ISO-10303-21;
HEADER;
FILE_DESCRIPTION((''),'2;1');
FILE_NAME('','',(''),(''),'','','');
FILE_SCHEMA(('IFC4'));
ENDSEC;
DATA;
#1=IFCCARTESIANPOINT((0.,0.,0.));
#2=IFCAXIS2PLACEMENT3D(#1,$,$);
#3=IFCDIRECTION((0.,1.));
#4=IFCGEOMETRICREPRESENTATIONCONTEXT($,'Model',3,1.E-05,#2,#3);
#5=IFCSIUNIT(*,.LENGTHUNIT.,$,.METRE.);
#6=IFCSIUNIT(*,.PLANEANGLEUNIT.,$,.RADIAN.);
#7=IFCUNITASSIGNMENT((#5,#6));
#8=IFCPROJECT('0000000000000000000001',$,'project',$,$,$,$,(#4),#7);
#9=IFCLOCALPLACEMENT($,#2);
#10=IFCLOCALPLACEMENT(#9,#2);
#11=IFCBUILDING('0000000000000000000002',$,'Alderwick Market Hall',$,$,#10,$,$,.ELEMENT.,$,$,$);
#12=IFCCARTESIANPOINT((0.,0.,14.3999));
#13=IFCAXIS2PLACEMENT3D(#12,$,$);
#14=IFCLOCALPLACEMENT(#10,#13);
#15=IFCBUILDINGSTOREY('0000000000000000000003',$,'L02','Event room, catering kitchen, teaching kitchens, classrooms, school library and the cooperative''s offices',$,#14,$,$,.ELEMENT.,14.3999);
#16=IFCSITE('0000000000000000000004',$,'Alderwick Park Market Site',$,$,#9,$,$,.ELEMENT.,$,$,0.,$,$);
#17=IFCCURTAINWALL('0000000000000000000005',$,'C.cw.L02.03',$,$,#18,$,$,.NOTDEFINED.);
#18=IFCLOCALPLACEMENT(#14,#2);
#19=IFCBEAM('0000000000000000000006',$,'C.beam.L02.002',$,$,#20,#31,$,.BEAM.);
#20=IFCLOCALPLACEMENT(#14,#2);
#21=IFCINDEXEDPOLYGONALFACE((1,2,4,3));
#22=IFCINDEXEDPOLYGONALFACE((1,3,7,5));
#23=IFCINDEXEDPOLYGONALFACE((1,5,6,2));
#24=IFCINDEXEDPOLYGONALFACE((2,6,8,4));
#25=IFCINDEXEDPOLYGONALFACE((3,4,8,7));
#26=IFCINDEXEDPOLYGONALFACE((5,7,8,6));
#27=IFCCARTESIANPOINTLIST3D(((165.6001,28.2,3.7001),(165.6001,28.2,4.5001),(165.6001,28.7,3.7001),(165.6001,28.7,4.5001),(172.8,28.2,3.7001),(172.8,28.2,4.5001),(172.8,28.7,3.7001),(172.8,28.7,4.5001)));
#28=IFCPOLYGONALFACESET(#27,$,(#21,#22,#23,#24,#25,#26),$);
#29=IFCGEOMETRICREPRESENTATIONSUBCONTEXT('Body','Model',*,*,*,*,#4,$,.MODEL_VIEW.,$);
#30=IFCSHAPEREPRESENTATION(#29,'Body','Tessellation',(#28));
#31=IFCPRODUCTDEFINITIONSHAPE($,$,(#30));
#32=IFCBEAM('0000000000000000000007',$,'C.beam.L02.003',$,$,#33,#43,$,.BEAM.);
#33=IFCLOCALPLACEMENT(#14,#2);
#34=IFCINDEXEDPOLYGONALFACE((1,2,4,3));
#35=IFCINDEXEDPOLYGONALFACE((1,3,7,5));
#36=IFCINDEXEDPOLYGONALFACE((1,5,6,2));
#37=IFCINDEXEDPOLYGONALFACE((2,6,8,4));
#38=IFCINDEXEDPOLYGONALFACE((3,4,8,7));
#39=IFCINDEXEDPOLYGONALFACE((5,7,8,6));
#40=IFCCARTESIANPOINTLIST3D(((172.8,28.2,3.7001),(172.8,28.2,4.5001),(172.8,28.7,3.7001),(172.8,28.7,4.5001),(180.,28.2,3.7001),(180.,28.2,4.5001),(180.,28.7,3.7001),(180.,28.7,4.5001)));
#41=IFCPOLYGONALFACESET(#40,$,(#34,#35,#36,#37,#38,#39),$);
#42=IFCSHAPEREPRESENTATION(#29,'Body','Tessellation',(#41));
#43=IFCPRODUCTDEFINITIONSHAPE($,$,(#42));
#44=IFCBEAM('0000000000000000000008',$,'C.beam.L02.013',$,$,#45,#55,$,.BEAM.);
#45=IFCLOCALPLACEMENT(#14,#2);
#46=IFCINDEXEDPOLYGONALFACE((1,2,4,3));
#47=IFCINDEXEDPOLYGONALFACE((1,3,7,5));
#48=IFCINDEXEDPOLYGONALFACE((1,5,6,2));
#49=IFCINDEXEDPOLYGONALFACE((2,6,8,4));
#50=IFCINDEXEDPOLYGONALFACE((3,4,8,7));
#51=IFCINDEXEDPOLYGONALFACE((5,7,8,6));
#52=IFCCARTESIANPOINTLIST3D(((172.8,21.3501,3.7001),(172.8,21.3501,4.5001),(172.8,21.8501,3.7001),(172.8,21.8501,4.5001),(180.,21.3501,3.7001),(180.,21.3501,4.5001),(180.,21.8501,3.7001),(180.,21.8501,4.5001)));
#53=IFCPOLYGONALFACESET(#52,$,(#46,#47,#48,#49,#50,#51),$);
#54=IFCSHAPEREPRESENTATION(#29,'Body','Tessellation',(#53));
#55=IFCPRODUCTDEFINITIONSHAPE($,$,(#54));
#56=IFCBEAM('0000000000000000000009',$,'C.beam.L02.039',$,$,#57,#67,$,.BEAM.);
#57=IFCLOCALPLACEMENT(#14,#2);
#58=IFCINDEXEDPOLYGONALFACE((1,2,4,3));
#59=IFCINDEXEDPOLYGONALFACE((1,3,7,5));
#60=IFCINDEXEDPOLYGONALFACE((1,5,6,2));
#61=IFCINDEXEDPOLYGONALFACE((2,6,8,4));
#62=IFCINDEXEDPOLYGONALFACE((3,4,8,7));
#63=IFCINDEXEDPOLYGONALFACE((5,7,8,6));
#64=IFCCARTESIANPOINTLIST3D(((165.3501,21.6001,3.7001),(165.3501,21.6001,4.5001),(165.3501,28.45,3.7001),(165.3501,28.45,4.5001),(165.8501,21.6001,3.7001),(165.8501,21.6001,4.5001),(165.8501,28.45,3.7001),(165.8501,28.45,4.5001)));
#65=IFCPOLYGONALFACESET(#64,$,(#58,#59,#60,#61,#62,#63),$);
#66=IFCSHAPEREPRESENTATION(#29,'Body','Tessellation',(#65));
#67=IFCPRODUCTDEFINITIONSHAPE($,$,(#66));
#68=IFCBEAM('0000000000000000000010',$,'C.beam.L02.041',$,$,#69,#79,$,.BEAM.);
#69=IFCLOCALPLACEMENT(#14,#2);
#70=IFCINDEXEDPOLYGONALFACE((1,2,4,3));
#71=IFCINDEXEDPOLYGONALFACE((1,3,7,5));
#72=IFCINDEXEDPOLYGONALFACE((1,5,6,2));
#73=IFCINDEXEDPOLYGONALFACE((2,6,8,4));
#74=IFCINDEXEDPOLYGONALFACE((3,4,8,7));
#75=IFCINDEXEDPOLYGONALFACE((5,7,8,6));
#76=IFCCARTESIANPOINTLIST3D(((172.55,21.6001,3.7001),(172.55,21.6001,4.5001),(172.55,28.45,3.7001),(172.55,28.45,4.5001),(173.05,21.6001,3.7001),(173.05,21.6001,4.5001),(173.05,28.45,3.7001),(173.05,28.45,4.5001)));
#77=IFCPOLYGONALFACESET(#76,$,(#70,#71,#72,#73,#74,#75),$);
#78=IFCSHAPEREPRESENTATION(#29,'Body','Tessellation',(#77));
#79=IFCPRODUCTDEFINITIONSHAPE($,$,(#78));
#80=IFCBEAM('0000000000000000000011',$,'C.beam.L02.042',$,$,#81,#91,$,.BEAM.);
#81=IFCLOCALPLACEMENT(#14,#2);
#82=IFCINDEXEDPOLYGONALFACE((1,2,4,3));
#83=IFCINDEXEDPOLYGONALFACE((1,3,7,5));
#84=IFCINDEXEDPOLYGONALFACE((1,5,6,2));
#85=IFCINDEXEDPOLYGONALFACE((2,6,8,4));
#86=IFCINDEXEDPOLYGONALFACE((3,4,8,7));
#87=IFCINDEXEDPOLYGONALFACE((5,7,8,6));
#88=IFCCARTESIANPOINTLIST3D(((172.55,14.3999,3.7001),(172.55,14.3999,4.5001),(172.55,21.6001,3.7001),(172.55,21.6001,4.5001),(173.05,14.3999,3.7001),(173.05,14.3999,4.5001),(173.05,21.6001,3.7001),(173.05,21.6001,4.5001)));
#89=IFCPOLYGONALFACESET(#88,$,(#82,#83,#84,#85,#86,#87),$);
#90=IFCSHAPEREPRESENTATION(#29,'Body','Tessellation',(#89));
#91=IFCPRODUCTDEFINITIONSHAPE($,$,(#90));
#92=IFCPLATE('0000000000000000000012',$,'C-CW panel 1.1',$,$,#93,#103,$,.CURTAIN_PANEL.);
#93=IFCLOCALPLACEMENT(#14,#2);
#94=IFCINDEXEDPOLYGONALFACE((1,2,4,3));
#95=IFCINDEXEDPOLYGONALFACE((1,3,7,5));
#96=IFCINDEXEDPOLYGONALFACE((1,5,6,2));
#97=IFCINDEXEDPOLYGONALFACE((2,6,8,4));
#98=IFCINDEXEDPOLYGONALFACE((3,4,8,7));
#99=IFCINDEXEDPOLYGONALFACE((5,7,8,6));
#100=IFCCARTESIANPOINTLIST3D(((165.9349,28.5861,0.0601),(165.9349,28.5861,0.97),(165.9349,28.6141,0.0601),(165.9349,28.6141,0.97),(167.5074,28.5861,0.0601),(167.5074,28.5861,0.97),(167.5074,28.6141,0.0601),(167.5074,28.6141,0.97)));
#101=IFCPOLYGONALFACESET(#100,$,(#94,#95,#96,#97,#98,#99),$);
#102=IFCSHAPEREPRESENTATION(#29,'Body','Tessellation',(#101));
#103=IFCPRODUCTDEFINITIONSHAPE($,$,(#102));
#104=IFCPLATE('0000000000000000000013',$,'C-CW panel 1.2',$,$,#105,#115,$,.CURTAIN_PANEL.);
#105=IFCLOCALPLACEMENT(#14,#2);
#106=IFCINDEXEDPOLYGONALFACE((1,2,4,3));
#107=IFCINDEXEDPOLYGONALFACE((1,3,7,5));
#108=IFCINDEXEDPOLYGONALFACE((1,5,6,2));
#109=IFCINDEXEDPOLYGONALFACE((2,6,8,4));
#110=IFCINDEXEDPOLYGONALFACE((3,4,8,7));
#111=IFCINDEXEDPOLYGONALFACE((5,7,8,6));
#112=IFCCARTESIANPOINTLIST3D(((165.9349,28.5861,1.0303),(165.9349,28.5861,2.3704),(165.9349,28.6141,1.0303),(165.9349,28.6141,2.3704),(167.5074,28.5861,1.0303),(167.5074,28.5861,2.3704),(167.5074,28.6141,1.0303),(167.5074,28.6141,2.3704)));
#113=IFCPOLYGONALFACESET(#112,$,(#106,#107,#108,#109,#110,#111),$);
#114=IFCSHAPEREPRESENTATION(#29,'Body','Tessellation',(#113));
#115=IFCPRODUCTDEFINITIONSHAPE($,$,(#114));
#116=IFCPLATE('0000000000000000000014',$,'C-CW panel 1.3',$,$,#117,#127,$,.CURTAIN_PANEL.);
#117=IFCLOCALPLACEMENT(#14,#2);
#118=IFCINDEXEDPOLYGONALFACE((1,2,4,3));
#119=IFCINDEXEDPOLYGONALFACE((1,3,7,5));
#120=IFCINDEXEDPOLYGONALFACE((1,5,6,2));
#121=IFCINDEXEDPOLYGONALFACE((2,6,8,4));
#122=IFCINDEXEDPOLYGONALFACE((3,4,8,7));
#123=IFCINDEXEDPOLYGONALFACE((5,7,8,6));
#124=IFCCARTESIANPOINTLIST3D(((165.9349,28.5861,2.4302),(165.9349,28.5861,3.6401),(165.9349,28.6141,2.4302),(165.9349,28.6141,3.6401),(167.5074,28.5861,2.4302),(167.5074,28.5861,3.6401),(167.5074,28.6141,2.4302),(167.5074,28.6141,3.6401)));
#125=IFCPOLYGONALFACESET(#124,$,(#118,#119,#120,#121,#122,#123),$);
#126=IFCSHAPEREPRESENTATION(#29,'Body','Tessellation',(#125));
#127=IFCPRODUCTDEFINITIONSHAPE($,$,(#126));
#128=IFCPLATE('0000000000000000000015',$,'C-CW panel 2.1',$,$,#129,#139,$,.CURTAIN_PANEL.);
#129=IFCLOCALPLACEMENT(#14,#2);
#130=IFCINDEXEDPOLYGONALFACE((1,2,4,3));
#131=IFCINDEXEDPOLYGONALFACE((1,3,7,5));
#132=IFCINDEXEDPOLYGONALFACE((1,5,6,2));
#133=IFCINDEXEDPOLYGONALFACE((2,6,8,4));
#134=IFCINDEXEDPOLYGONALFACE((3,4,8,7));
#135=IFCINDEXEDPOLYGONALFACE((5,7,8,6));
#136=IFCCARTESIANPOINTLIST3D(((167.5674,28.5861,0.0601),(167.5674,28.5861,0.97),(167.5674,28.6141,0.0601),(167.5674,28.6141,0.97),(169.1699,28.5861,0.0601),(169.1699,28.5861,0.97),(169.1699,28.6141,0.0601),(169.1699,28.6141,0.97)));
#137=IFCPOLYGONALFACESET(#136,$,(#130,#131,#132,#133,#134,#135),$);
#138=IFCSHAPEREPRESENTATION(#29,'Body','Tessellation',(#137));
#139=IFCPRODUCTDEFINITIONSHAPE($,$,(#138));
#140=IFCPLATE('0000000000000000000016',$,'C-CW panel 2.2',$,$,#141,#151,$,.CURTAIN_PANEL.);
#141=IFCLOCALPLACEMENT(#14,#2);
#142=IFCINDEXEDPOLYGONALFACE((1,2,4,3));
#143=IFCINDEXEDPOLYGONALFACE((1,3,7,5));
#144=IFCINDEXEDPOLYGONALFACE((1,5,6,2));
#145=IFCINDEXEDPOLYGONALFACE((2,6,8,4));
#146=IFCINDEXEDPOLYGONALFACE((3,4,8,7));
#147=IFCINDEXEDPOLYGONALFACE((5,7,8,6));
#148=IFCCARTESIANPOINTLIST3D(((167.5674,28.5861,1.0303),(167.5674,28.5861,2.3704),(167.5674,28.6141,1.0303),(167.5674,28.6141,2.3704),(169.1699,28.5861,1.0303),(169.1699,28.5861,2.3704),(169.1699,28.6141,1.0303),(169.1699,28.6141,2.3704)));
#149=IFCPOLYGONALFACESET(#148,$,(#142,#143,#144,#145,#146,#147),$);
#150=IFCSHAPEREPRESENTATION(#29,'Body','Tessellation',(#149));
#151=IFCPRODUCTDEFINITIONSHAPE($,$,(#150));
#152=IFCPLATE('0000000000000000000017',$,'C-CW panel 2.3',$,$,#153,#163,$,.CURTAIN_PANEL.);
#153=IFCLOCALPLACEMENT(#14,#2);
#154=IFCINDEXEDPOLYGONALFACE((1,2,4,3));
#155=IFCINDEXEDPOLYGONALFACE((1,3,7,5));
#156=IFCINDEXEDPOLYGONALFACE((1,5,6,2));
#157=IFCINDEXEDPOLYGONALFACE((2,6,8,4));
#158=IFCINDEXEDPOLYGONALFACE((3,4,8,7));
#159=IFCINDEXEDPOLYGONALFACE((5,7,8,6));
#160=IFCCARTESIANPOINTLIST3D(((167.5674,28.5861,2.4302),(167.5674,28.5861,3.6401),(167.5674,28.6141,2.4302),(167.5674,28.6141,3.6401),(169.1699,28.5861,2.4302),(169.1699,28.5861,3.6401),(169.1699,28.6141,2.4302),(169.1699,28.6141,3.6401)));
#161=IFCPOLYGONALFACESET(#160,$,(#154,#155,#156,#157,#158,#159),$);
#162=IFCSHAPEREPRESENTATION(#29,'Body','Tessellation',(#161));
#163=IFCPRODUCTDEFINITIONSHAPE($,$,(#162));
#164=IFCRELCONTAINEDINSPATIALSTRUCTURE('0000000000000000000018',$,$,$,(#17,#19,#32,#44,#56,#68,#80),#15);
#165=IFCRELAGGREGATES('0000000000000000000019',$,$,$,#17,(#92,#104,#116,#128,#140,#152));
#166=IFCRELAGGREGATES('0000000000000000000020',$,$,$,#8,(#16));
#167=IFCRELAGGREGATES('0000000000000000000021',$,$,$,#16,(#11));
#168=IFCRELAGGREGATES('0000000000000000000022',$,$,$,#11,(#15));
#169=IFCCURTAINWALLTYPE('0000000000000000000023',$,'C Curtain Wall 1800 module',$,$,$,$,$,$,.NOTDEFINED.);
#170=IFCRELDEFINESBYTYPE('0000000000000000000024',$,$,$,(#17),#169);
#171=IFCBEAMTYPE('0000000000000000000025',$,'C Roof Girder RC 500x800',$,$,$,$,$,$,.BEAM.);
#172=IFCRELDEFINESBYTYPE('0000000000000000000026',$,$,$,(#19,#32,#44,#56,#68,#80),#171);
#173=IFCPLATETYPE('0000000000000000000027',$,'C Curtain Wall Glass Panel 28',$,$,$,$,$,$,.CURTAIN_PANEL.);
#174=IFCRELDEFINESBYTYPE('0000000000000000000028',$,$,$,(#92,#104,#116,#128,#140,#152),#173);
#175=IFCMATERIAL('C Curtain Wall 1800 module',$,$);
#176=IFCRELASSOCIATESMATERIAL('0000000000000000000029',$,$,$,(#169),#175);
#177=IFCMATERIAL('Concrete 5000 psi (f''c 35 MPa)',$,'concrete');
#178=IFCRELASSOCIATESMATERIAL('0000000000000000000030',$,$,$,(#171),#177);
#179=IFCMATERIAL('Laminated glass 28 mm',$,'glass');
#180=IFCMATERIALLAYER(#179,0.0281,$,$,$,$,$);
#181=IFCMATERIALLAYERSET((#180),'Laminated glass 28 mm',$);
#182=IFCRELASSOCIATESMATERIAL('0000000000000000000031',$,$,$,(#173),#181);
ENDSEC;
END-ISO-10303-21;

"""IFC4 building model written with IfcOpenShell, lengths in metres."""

from ifc_helpers import new_model, si_unit, direction, frame, origin, origin_2d, place, context, subcontext, project, spatial, rectangle, extrude, material, layer, layer_set, material_profile, profile_set, type_object, element, aggregate, save


model = new_model("IFC4")

# Units and contexts
model_context = context("Model", 3, precision=1e-05, world=origin(), true_north=direction((0.0, 1.0)))
body_context = subcontext(model_context, "Body", "Model", "MODEL_VIEW")
ifc_project = project(units=[si_unit("LENGTHUNIT", "METRE"), si_unit("PLANEANGLEUNIT", "RADIAN")], contexts=[model_context])

# Site, building, storey
site_placement = place(None, origin())
site = spatial("IfcSite", under=ifc_project, at=site_placement, Name="Alderwick Park Market Site", CompositionType="ELEMENT", RefElevation=0.0)
building_placement = place(site_placement, origin())
building = spatial("IfcBuilding", under=site, at=building_placement, Name="Alderwick Market Hall", CompositionType="ELEMENT")
storey_placement = place(building_placement, frame((0.0, 0.0, 14.3999)))
storey = spatial("IfcBuildingStorey", under=building, at=storey_placement, Name="L02", Description="Event room, catering kitchen, teaching kitchens, classrooms, school library and the cooperative's offices", CompositionType="ELEMENT", Elevation=14.3999)

# Shared definitions
ifc_material_1 = material(Name="Concrete 5000 psi (f'c 35 MPa)", Category="concrete")

# Curtain wall
ifc_material_2 = material(Name="C Curtain Wall 1800 module")
curtain_wall_type = type_object("IfcCurtainWallType", Name="C Curtain Wall 1800 module", PredefinedType="NOTDEFINED", material=ifc_material_2)
curtain_wall_placement = place(storey_placement, origin())
curtain_wall = element("IfcCurtainWall", 1, at=curtain_wall_placement, inside=storey, type_object=curtain_wall_type, Name="C.cw.L02.03", PredefinedType="NOTDEFINED")

# Beams
ifc_material_profile_1 = material_profile(ifc_material_1, rectangle(XDim=0.5, YDim=0.8, at=origin_2d()), Name="RC 500x800")
ifc_profile_set_1 = profile_set([ifc_material_profile_1], Name="Concrete 5000 psi (f'c 35 MPa)")
beam_type = type_object("IfcBeamType", Name="C Roof Girder RC 500x800", PredefinedType="BEAM", material=ifc_profile_set_1)
for number, where, z_axis, x_axis, name in (
    (2, (165.6001, 28.45, 4.1001), (1.0, 0.0, 0.0), (0.0, 1.0, 0.0), "C.beam.L02.002"),
    (3, (172.8, 28.45, 4.1001), (1.0, 0.0, 0.0), (0.0, 1.0, 0.0), "C.beam.L02.003"),
    (4, (172.8, 21.6001, 4.1001), (1.0, 0.0, 0.0), (0.0, 1.0, 0.0), "C.beam.L02.013"),
):
    element("IfcBeam", number, at=place(storey_placement, frame(where, z_axis=z_axis, x_axis=x_axis)), inside=storey, type_object=beam_type, Name=name, PredefinedType="BEAM", context=body_context, shape_type="SweptSolid", body=[
        extrude(rectangle(XDim=0.5, YDim=0.8, at=origin_2d()), origin(), (0.0, 0.0, 1.0), 7.2),
    ])
for number, where, z_axis, x_axis, name in (
    (5, (165.6001, 28.45, 4.1001), (0.0, -1.0, 0.0), (1.0, 0.0, 0.0), "C.beam.L02.039"),
    (6, (172.8, 28.45, 4.1001), (0.0, -1.0, 0.0), (1.0, 0.0, 0.0), "C.beam.L02.041"),
):
    element("IfcBeam", number, at=place(storey_placement, frame(where, z_axis=z_axis, x_axis=x_axis)), inside=storey, type_object=beam_type, Name=name, PredefinedType="BEAM", context=body_context, shape_type="SweptSolid", body=[
        extrude(rectangle(XDim=0.5, YDim=0.8, at=origin_2d()), origin(), (0.0, 0.0, 1.0), 6.8499),
    ])
beam_placement = place(storey_placement, frame((172.8, 21.6001, 4.1001), z_axis=(0.0, -1.0, 0.0), x_axis=(1.0, 0.0, 0.0)))
element("IfcBeam", 7, at=beam_placement, inside=storey, type_object=beam_type, Name="C.beam.L02.042", PredefinedType="BEAM", context=body_context, shape_type="SweptSolid", body=[
    extrude(rectangle(XDim=0.5, YDim=0.8, at=origin_2d()), origin(), (0.0, 0.0, 1.0), 7.2002),
])

# Plates
ifc_material_3 = material(Name="Laminated glass 28 mm", Category="glass")
ifc_layer = layer(ifc_material_3, 0.0281)
ifc_layer_set = layer_set([ifc_layer], Name="Laminated glass 28 mm")
plate_type = type_object("IfcPlateType", Name="C Curtain Wall Glass Panel 28", PredefinedType="CURTAIN_PANEL", material=ifc_layer_set)
plate_1_placement = place(storey_placement, frame((166.7212, 28.6001, 0.0601), z_axis=(0.0, 0.0, 1.0), x_axis=(1.0, 0.0, 0.0)))
plate_1 = element("IfcPlate", 8, at=plate_1_placement, type_object=plate_type, Name="C-CW panel 1.1", PredefinedType="CURTAIN_PANEL", context=body_context, shape_type="SweptSolid", body=[
    extrude(rectangle(XDim=1.5725, YDim=0.0281, at=origin_2d()), origin(), (0.0, 0.0, 1.0), 0.9099),
])
plate_2_placement = place(storey_placement, frame((166.7212, 28.6001, 1.0303), z_axis=(0.0, 0.0, 1.0), x_axis=(1.0, 0.0, 0.0)))
plate_2 = element("IfcPlate", 9, at=plate_2_placement, type_object=plate_type, Name="C-CW panel 1.2", PredefinedType="CURTAIN_PANEL", context=body_context, shape_type="SweptSolid", body=[
    extrude(rectangle(XDim=1.5725, YDim=0.0281, at=origin_2d()), origin(), (0.0, 0.0, 1.0), 1.3401),
])
plate_3_placement = place(storey_placement, frame((166.7212, 28.6001, 2.4302), z_axis=(0.0, 0.0, 1.0), x_axis=(1.0, 0.0, 0.0)))
plate_3 = element("IfcPlate", 10, at=plate_3_placement, type_object=plate_type, Name="C-CW panel 1.3", PredefinedType="CURTAIN_PANEL", context=body_context, shape_type="SweptSolid", body=[
    extrude(rectangle(XDim=1.5725, YDim=0.0281, at=origin_2d()), origin(), (0.0, 0.0, 1.0), 1.21),
])
plate_4_placement = place(storey_placement, frame((168.3687, 28.6001, 0.0601), z_axis=(0.0, 0.0, 1.0), x_axis=(1.0, 0.0, 0.0)))
plate_4 = element("IfcPlate", 11, at=plate_4_placement, type_object=plate_type, Name="C-CW panel 2.1", PredefinedType="CURTAIN_PANEL", context=body_context, shape_type="SweptSolid", body=[
    extrude(rectangle(XDim=1.6025, YDim=0.0281, at=origin_2d()), origin(), (0.0, 0.0, 1.0), 0.9099),
])
plate_5_placement = place(storey_placement, frame((168.3687, 28.6001, 1.0303), z_axis=(0.0, 0.0, 1.0), x_axis=(1.0, 0.0, 0.0)))
plate_5 = element("IfcPlate", 12, at=plate_5_placement, type_object=plate_type, Name="C-CW panel 2.2", PredefinedType="CURTAIN_PANEL", context=body_context, shape_type="SweptSolid", body=[
    extrude(rectangle(XDim=1.6025, YDim=0.0281, at=origin_2d()), origin(), (0.0, 0.0, 1.0), 1.3401),
])
plate_6_placement = place(storey_placement, frame((168.3687, 28.6001, 2.4302), z_axis=(0.0, 0.0, 1.0), x_axis=(1.0, 0.0, 0.0)))
plate_6 = element("IfcPlate", 13, at=plate_6_placement, type_object=plate_type, Name="C-CW panel 2.3", PredefinedType="CURTAIN_PANEL", context=body_context, shape_type="SweptSolid", body=[
    extrude(rectangle(XDim=1.6025, YDim=0.0281, at=origin_2d()), origin(), (0.0, 0.0, 1.0), 1.21),
])
aggregate(curtain_wall, [plate_1, plate_2, plate_3, plate_4, plate_5, plate_6])

save(model, "model.ifc")
